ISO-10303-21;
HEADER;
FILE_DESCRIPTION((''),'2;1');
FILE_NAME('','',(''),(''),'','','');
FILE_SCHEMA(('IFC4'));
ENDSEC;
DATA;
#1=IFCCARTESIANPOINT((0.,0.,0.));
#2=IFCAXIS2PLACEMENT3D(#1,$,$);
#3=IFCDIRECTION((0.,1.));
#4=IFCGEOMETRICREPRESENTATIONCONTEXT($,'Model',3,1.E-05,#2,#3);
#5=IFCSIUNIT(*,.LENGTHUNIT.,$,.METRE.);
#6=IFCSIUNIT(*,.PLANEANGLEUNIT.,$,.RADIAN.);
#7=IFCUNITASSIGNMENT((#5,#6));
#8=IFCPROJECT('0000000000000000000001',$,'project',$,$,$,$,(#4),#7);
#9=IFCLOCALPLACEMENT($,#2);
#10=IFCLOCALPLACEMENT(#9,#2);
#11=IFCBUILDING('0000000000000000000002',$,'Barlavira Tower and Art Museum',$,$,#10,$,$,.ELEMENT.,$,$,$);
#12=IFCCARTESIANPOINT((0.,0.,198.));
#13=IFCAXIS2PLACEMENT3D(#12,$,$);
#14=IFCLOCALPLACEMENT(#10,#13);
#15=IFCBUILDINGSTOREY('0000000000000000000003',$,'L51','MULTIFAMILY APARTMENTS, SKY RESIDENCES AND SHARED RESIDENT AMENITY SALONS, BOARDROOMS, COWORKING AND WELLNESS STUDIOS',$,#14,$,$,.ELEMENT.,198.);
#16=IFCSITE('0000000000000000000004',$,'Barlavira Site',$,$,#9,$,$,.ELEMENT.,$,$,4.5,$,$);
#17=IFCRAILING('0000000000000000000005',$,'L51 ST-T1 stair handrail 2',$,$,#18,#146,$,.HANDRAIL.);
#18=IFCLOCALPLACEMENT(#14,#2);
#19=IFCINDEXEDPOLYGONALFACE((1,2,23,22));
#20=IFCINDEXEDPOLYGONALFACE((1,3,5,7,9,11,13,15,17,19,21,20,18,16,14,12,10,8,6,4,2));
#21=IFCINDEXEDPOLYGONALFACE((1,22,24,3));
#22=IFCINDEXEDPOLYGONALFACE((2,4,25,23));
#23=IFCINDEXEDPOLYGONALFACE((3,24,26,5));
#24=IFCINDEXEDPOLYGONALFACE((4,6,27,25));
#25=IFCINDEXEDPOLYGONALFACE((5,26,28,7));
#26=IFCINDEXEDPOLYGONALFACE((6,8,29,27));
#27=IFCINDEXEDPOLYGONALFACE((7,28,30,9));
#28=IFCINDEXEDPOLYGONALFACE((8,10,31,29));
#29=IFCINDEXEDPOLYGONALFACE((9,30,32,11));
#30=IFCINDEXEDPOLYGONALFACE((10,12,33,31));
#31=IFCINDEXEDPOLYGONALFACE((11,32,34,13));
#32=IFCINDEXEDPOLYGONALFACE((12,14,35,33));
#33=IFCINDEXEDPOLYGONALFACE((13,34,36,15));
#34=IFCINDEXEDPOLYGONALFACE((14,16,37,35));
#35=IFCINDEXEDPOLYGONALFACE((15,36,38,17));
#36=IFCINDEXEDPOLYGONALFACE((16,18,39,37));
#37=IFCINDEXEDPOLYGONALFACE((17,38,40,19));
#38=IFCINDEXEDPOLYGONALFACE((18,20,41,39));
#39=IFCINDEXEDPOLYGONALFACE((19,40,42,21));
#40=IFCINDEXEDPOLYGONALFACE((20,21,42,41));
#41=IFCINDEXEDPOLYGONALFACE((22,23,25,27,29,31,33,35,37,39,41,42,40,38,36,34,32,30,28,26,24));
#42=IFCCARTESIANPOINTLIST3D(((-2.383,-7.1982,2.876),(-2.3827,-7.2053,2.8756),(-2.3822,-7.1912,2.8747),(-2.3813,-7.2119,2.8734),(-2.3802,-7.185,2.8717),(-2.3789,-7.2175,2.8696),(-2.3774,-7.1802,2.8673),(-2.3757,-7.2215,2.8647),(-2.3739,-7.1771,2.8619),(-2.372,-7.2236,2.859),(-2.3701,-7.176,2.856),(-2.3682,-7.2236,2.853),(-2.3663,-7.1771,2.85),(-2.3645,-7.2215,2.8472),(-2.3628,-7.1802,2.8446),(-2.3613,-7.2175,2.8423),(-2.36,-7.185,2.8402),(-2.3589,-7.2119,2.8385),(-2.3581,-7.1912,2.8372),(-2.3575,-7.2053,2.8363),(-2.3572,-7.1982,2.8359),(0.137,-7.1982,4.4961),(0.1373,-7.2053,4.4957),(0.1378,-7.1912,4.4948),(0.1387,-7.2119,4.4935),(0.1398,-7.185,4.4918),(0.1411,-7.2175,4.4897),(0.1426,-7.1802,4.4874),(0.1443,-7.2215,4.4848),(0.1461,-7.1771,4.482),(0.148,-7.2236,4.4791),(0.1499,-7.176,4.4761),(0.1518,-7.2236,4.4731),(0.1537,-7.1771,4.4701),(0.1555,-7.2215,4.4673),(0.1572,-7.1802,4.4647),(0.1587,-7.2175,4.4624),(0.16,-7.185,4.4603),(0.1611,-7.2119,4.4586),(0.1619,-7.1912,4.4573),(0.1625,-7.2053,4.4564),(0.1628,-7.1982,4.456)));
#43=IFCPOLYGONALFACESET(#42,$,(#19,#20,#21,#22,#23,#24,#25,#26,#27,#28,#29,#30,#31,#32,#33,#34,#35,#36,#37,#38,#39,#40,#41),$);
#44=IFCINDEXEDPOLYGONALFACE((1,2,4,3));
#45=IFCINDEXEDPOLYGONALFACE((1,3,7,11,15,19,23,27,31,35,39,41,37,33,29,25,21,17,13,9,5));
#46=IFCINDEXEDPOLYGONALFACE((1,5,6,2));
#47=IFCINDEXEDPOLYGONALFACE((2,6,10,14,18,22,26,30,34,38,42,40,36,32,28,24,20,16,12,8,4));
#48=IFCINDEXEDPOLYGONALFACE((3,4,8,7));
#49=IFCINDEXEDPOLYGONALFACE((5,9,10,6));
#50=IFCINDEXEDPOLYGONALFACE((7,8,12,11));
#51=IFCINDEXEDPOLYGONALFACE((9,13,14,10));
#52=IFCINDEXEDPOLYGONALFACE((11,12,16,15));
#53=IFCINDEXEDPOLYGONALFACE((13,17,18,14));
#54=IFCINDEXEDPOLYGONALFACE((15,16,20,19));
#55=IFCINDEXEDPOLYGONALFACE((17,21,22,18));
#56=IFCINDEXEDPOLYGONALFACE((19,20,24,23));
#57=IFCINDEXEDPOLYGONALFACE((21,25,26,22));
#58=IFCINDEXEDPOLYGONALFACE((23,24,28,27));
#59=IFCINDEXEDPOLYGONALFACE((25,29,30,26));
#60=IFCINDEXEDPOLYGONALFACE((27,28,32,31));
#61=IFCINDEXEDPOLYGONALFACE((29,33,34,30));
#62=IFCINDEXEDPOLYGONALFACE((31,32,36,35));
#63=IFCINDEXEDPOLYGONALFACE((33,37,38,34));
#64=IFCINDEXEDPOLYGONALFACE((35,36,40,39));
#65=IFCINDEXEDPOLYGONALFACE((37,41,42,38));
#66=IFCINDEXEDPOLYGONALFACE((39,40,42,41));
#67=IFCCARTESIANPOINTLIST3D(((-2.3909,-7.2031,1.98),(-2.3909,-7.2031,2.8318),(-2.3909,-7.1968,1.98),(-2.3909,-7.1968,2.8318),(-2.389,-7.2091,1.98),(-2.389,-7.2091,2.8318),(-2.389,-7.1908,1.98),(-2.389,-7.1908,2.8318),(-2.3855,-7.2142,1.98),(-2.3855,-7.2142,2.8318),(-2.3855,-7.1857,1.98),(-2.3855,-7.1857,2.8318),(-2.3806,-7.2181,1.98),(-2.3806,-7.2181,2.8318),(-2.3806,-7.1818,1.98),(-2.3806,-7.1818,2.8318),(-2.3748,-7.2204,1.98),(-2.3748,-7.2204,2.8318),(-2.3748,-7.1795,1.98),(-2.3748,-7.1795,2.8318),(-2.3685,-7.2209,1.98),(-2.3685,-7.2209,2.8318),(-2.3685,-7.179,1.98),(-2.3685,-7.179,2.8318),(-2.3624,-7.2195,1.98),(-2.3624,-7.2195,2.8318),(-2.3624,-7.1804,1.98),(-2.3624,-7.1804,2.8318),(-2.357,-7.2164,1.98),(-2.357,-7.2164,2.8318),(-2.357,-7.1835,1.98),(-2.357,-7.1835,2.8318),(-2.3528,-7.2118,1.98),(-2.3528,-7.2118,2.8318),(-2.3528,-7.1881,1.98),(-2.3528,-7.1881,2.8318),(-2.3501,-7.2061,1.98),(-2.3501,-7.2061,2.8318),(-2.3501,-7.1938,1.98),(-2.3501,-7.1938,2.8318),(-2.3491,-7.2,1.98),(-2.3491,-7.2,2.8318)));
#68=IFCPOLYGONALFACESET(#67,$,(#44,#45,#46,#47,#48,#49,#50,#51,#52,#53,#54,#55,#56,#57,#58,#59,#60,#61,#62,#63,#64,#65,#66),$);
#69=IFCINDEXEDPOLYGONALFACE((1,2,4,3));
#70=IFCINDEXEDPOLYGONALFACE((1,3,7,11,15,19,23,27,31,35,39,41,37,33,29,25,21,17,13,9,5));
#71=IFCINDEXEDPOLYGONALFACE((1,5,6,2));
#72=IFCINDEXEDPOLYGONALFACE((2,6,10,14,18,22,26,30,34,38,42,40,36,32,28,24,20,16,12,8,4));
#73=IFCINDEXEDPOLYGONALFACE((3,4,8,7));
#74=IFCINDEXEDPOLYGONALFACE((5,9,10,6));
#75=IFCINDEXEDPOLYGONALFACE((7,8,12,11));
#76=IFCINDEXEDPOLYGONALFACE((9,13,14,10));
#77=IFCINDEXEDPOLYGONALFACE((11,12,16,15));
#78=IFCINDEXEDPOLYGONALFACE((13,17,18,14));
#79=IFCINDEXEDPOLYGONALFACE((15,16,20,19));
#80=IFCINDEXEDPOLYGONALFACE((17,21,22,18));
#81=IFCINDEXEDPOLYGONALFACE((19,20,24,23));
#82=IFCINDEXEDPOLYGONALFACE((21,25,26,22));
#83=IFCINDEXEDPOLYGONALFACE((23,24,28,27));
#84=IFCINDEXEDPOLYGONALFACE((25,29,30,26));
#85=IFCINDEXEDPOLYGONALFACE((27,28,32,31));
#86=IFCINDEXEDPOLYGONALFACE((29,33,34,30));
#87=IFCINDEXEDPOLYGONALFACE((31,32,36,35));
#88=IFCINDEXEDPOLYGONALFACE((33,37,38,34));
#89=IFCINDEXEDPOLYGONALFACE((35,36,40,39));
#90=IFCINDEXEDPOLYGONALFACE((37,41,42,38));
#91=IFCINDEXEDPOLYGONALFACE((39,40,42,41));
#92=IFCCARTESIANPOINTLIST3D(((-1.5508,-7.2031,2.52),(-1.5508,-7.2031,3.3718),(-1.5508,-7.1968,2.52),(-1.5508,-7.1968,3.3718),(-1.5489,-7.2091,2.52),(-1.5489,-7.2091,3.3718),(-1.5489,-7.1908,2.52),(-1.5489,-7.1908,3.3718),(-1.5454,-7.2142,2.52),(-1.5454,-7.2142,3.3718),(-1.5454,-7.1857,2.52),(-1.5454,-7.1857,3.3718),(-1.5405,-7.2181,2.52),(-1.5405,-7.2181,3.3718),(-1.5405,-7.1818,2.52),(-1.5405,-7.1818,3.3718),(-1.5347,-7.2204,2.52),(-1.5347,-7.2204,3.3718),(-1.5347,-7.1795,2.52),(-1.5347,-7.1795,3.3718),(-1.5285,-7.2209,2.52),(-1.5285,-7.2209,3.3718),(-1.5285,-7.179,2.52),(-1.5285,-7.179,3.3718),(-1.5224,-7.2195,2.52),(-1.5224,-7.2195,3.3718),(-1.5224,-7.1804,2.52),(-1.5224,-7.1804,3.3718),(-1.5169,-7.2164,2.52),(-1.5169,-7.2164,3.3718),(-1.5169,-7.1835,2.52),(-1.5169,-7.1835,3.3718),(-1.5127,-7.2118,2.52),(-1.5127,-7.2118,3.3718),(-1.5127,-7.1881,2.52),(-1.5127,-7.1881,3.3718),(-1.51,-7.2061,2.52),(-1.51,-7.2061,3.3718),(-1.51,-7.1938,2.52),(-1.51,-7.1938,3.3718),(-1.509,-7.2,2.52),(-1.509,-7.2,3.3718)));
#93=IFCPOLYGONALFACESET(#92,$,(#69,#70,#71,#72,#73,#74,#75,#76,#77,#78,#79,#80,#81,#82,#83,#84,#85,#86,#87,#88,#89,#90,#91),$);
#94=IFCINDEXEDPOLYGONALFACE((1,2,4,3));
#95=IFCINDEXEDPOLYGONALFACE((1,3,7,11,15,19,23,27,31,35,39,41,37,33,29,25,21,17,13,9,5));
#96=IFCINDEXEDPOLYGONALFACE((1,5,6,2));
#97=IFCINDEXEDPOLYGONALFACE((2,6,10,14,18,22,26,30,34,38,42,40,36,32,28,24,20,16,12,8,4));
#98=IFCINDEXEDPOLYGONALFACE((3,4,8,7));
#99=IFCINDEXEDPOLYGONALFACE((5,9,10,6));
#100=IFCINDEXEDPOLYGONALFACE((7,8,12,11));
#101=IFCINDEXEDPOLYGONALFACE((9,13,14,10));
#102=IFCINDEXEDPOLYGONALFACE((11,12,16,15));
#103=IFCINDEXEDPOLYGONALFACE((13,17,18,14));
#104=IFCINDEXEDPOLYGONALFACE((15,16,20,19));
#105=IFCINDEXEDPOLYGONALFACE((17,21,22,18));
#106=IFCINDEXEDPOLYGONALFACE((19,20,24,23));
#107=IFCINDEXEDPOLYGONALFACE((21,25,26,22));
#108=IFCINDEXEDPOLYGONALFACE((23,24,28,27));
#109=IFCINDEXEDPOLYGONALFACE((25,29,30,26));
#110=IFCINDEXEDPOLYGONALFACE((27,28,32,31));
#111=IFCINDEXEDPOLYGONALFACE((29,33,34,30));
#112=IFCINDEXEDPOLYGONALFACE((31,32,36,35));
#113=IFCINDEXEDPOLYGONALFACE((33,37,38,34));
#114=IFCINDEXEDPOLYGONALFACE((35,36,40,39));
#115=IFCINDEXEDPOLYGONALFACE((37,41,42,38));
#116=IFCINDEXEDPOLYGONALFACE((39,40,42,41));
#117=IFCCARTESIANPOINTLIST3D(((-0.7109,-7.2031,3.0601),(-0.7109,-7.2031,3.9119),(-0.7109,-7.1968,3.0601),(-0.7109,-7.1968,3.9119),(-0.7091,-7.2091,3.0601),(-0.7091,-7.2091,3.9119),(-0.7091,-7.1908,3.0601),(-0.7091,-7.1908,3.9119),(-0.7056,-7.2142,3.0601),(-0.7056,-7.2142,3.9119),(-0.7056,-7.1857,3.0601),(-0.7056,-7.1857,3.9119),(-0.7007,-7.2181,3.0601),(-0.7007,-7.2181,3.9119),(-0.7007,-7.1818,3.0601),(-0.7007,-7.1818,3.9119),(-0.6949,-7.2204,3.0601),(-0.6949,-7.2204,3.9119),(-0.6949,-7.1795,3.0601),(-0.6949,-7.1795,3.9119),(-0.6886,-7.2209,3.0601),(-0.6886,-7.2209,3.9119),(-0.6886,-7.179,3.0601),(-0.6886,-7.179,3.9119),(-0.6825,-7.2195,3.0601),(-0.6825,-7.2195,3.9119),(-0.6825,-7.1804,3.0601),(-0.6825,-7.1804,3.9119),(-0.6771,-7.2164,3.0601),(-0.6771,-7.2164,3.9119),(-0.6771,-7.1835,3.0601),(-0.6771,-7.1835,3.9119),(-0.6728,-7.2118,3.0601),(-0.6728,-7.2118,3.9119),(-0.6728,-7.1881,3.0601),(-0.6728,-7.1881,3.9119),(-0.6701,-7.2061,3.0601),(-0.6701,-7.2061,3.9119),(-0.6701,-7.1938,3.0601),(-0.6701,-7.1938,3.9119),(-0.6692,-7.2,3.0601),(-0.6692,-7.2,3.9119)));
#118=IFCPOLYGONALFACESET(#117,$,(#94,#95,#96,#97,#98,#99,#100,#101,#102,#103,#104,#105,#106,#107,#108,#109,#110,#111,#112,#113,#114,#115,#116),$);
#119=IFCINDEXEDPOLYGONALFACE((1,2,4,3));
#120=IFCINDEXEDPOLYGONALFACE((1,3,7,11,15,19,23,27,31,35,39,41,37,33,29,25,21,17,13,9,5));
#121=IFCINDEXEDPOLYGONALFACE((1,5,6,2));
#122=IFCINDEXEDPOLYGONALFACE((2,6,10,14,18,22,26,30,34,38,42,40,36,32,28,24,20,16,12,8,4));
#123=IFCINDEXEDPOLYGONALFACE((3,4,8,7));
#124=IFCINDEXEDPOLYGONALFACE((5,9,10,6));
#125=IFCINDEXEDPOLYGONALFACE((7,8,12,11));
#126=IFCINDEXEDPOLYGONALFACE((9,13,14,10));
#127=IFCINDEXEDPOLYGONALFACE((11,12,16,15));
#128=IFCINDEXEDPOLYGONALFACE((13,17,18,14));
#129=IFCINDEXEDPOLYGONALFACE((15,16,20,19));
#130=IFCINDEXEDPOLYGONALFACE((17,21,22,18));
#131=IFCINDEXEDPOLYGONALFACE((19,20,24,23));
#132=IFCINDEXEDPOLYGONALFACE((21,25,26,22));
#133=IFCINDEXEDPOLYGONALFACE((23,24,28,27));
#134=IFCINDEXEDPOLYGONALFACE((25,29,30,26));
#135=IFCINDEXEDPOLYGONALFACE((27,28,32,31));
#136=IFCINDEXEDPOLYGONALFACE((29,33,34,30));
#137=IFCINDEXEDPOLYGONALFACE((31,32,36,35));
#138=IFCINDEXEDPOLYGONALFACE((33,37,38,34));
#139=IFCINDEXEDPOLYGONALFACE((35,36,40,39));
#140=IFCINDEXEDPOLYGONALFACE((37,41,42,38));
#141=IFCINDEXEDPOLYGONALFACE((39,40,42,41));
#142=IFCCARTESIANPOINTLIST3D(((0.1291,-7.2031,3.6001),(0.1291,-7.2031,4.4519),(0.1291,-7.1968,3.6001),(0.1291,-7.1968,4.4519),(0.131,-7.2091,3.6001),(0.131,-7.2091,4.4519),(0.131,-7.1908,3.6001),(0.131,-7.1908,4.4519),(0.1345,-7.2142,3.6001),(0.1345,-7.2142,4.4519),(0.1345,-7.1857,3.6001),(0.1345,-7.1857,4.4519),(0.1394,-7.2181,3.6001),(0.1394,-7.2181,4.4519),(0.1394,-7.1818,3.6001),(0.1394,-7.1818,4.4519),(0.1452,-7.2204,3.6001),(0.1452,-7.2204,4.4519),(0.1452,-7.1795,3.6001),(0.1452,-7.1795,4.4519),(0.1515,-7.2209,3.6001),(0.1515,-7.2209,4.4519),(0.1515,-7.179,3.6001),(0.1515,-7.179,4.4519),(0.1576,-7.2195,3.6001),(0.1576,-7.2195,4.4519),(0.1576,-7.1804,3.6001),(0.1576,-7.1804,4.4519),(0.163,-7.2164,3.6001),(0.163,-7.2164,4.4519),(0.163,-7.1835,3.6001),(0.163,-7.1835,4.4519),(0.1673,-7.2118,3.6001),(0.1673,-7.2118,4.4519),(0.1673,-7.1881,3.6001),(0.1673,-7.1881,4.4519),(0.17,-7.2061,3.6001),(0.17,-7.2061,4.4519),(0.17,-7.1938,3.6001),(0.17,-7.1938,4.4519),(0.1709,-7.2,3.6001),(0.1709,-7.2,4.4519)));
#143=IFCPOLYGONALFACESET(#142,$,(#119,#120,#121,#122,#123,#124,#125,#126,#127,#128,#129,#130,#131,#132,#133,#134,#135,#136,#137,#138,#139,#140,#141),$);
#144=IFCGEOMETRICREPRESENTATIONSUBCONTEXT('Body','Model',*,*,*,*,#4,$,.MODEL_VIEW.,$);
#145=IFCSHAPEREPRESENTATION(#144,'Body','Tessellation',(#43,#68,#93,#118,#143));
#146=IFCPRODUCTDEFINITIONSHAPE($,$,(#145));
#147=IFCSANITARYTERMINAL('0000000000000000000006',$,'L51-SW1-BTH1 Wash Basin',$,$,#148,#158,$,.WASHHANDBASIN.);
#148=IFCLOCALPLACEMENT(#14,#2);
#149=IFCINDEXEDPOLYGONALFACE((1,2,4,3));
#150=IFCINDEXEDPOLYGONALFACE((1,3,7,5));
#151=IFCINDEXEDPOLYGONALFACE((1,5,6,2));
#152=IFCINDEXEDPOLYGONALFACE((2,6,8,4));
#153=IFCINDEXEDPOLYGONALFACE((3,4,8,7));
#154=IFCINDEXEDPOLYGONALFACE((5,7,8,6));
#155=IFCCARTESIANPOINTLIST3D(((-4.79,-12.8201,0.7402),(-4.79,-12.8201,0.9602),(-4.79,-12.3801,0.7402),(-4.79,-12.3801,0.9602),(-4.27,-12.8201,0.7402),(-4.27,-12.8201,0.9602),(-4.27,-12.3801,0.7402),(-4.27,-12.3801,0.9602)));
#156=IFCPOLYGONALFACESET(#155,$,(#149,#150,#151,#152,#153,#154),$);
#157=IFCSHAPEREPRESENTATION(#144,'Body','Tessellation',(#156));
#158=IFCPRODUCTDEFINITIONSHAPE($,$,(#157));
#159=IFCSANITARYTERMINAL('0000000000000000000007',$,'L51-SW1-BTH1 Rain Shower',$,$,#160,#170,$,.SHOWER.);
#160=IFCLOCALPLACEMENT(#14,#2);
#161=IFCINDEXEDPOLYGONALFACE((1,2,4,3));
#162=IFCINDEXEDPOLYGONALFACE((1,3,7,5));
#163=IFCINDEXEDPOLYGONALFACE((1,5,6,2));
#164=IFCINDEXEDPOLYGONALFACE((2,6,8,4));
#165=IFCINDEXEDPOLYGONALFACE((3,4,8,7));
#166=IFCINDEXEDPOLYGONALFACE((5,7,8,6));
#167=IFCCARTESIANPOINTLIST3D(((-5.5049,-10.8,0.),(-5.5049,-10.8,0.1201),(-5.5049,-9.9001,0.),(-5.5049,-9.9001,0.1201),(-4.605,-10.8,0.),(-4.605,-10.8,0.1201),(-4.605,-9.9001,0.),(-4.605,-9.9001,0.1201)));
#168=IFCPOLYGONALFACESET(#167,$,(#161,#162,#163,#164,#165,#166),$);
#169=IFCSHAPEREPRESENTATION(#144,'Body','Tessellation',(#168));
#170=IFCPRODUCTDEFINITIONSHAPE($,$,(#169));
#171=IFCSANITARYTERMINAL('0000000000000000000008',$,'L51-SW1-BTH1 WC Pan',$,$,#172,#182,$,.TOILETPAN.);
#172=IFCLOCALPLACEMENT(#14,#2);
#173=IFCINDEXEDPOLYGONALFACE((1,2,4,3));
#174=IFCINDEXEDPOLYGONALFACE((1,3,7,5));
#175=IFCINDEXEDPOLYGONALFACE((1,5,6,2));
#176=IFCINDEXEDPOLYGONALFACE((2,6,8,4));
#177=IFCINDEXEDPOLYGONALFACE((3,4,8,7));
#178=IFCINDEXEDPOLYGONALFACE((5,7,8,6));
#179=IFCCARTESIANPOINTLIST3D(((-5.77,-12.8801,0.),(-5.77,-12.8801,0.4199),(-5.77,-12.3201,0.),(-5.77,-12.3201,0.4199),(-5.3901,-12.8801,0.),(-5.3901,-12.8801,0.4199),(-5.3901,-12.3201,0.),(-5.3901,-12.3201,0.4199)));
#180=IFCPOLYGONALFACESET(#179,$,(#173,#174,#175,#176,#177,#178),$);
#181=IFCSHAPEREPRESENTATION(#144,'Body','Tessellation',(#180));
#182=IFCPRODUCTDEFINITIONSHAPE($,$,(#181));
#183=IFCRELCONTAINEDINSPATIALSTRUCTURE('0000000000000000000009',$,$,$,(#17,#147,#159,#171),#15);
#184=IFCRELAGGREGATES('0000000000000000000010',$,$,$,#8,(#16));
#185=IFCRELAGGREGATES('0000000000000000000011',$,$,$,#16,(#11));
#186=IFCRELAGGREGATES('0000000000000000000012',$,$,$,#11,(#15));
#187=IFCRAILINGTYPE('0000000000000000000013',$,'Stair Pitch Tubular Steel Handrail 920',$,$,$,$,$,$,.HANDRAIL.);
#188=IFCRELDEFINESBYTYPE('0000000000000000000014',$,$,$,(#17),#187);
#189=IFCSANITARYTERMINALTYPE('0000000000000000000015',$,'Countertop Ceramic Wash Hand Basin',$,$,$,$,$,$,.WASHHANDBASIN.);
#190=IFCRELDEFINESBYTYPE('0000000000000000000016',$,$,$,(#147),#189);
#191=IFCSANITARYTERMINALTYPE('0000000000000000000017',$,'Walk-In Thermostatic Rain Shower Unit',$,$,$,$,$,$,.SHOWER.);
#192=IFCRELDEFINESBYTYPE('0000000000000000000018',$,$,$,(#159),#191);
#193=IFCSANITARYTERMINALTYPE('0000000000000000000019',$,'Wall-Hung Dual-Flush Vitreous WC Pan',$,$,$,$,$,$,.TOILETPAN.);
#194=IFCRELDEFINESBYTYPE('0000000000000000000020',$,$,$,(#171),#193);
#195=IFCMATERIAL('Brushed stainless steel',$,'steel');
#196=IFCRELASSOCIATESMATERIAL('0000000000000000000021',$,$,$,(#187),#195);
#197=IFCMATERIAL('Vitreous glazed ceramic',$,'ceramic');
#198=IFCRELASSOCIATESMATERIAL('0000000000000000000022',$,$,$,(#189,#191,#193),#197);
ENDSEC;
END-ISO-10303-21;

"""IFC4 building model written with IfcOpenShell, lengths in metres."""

from ifc_helpers import new_model, si_unit, direction, frame, origin, origin_2d, place, context, subcontext, project, spatial, rectangle, circle, extrude, material, type_object, element, save


model = new_model("IFC4")

# Units and contexts
model_context = context("Model", 3, precision=1e-05, world=origin(), true_north=direction((0.0, 1.0)))
body_context = subcontext(model_context, "Body", "Model", "MODEL_VIEW")
ifc_project = project(units=[si_unit("LENGTHUNIT", "METRE"), si_unit("PLANEANGLEUNIT", "RADIAN")], contexts=[model_context])

# Site, building, storey
site_placement = place(None, origin())
site = spatial("IfcSite", under=ifc_project, at=site_placement, Name="Barlavira Site", CompositionType="ELEMENT", RefElevation=4.5)
building_placement = place(site_placement, origin())
building = spatial("IfcBuilding", under=site, at=building_placement, Name="Barlavira Tower and Art Museum", CompositionType="ELEMENT")
storey_placement = place(building_placement, frame((0.0, 0.0, 198.0)))
storey = spatial("IfcBuildingStorey", under=building, at=storey_placement, Name="L51", Description="MULTIFAMILY APARTMENTS, SKY RESIDENCES AND SHARED RESIDENT AMENITY SALONS, BOARDROOMS, COWORKING AND WELLNESS STUDIOS", CompositionType="ELEMENT", Elevation=198.0)

# Shared definitions
ifc_material_1 = material(Name="Brushed stainless steel", Category="steel")

# Railing
railing_type_1 = type_object("IfcRailingType", Name="Stair Pitch Tubular Steel Handrail 920", PredefinedType="HANDRAIL", material=ifc_material_1)
railing_1_placement = place(storey_placement, frame((-2.3701, -7.2, 1.98)))
element("IfcRailing", 1, at=railing_1_placement, inside=storey, type_object=railing_type_1, Name="L51 ST-T1 stair handrail 2", PredefinedType="HANDRAIL", context=body_context, shape_type="SweptSolid", body=[
    extrude(circle(Radius=0.0239, at=origin_2d()), frame((0.0, 0.0, 0.876), z_axis=(0.841163, 0.0, 0.540782), x_axis=(0.0, 1.0, 0.0)), (0.0, 0.0, 1.0), 2.9958),
    extrude(circle(Radius=0.021, at=origin_2d()), origin(), (0.0, 0.0, 1.0), 0.8518),
    extrude(circle(Radius=0.021, at=origin_2d()), frame((0.8401, 0.0, 0.54)), (0.0, 0.0, 1.0), 0.8518),
    extrude(circle(Radius=0.021, at=origin_2d()), frame((1.6799, 0.0, 1.0801)), (0.0, 0.0, 1.0), 0.8518),
    extrude(circle(Radius=0.021, at=origin_2d()), frame((2.52, 0.0, 1.6201)), (0.0, 0.0, 1.0), 0.8518),
])

# Sanitary terminals
ifc_material_2 = material(Name="Vitreous glazed ceramic", Category="ceramic")
sanitary_terminal_type_1 = type_object("IfcSanitaryTerminalType", Name="Countertop Ceramic Wash Hand Basin", PredefinedType="WASHHANDBASIN", material=ifc_material_2)
sanitary_terminal_1_placement = place(storey_placement, frame((-4.53, -12.6001, 0.7402), z_axis=(0.0, 0.0, 1.0), x_axis=(1.0, 0.0, 0.0)))
element("IfcSanitaryTerminal", 2, at=sanitary_terminal_1_placement, inside=storey, type_object=sanitary_terminal_type_1, Name="L51-SW1-BTH1 Wash Basin", PredefinedType="WASHHANDBASIN", context=body_context, shape_type="SweptSolid", body=[
    extrude(rectangle(XDim=0.52, YDim=0.4399, at=origin_2d()), origin(), (0.0, 0.0, 1.0), 0.22),
])
sanitary_terminal_type_2 = type_object("IfcSanitaryTerminalType", Name="Walk-In Thermostatic Rain Shower Unit", PredefinedType="SHOWER", material=ifc_material_2)
sanitary_terminal_2_placement = place(storey_placement, frame((-5.0549, -10.3501, 0.0), z_axis=(0.0, 0.0, 1.0), x_axis=(1.0, 0.0, 0.0)))
element("IfcSanitaryTerminal", 3, at=sanitary_terminal_2_placement, inside=storey, type_object=sanitary_terminal_type_2, Name="L51-SW1-BTH1 Rain Shower", PredefinedType="SHOWER", context=body_context, shape_type="SweptSolid", body=[
    extrude(rectangle(XDim=0.8999, YDim=0.8999, at=origin_2d()), origin(), (0.0, 0.0, 1.0), 0.1201),
])
sanitary_terminal_type_3 = type_object("IfcSanitaryTerminalType", Name="Wall-Hung Dual-Flush Vitreous WC Pan", PredefinedType="TOILETPAN", material=ifc_material_2)
sanitary_terminal_3_placement = place(storey_placement, frame((-5.5801, -12.6001, 0.0), z_axis=(0.0, 0.0, 1.0), x_axis=(1.0, 0.0, 0.0)))
element("IfcSanitaryTerminal", 4, at=sanitary_terminal_3_placement, inside=storey, type_object=sanitary_terminal_type_3, Name="L51-SW1-BTH1 WC Pan", PredefinedType="TOILETPAN", context=body_context, shape_type="SweptSolid", body=[
    extrude(rectangle(XDim=0.3799, YDim=0.5601, at=origin_2d()), origin(), (0.0, 0.0, 1.0), 0.4199),
])

save(model, "model.ifc")
